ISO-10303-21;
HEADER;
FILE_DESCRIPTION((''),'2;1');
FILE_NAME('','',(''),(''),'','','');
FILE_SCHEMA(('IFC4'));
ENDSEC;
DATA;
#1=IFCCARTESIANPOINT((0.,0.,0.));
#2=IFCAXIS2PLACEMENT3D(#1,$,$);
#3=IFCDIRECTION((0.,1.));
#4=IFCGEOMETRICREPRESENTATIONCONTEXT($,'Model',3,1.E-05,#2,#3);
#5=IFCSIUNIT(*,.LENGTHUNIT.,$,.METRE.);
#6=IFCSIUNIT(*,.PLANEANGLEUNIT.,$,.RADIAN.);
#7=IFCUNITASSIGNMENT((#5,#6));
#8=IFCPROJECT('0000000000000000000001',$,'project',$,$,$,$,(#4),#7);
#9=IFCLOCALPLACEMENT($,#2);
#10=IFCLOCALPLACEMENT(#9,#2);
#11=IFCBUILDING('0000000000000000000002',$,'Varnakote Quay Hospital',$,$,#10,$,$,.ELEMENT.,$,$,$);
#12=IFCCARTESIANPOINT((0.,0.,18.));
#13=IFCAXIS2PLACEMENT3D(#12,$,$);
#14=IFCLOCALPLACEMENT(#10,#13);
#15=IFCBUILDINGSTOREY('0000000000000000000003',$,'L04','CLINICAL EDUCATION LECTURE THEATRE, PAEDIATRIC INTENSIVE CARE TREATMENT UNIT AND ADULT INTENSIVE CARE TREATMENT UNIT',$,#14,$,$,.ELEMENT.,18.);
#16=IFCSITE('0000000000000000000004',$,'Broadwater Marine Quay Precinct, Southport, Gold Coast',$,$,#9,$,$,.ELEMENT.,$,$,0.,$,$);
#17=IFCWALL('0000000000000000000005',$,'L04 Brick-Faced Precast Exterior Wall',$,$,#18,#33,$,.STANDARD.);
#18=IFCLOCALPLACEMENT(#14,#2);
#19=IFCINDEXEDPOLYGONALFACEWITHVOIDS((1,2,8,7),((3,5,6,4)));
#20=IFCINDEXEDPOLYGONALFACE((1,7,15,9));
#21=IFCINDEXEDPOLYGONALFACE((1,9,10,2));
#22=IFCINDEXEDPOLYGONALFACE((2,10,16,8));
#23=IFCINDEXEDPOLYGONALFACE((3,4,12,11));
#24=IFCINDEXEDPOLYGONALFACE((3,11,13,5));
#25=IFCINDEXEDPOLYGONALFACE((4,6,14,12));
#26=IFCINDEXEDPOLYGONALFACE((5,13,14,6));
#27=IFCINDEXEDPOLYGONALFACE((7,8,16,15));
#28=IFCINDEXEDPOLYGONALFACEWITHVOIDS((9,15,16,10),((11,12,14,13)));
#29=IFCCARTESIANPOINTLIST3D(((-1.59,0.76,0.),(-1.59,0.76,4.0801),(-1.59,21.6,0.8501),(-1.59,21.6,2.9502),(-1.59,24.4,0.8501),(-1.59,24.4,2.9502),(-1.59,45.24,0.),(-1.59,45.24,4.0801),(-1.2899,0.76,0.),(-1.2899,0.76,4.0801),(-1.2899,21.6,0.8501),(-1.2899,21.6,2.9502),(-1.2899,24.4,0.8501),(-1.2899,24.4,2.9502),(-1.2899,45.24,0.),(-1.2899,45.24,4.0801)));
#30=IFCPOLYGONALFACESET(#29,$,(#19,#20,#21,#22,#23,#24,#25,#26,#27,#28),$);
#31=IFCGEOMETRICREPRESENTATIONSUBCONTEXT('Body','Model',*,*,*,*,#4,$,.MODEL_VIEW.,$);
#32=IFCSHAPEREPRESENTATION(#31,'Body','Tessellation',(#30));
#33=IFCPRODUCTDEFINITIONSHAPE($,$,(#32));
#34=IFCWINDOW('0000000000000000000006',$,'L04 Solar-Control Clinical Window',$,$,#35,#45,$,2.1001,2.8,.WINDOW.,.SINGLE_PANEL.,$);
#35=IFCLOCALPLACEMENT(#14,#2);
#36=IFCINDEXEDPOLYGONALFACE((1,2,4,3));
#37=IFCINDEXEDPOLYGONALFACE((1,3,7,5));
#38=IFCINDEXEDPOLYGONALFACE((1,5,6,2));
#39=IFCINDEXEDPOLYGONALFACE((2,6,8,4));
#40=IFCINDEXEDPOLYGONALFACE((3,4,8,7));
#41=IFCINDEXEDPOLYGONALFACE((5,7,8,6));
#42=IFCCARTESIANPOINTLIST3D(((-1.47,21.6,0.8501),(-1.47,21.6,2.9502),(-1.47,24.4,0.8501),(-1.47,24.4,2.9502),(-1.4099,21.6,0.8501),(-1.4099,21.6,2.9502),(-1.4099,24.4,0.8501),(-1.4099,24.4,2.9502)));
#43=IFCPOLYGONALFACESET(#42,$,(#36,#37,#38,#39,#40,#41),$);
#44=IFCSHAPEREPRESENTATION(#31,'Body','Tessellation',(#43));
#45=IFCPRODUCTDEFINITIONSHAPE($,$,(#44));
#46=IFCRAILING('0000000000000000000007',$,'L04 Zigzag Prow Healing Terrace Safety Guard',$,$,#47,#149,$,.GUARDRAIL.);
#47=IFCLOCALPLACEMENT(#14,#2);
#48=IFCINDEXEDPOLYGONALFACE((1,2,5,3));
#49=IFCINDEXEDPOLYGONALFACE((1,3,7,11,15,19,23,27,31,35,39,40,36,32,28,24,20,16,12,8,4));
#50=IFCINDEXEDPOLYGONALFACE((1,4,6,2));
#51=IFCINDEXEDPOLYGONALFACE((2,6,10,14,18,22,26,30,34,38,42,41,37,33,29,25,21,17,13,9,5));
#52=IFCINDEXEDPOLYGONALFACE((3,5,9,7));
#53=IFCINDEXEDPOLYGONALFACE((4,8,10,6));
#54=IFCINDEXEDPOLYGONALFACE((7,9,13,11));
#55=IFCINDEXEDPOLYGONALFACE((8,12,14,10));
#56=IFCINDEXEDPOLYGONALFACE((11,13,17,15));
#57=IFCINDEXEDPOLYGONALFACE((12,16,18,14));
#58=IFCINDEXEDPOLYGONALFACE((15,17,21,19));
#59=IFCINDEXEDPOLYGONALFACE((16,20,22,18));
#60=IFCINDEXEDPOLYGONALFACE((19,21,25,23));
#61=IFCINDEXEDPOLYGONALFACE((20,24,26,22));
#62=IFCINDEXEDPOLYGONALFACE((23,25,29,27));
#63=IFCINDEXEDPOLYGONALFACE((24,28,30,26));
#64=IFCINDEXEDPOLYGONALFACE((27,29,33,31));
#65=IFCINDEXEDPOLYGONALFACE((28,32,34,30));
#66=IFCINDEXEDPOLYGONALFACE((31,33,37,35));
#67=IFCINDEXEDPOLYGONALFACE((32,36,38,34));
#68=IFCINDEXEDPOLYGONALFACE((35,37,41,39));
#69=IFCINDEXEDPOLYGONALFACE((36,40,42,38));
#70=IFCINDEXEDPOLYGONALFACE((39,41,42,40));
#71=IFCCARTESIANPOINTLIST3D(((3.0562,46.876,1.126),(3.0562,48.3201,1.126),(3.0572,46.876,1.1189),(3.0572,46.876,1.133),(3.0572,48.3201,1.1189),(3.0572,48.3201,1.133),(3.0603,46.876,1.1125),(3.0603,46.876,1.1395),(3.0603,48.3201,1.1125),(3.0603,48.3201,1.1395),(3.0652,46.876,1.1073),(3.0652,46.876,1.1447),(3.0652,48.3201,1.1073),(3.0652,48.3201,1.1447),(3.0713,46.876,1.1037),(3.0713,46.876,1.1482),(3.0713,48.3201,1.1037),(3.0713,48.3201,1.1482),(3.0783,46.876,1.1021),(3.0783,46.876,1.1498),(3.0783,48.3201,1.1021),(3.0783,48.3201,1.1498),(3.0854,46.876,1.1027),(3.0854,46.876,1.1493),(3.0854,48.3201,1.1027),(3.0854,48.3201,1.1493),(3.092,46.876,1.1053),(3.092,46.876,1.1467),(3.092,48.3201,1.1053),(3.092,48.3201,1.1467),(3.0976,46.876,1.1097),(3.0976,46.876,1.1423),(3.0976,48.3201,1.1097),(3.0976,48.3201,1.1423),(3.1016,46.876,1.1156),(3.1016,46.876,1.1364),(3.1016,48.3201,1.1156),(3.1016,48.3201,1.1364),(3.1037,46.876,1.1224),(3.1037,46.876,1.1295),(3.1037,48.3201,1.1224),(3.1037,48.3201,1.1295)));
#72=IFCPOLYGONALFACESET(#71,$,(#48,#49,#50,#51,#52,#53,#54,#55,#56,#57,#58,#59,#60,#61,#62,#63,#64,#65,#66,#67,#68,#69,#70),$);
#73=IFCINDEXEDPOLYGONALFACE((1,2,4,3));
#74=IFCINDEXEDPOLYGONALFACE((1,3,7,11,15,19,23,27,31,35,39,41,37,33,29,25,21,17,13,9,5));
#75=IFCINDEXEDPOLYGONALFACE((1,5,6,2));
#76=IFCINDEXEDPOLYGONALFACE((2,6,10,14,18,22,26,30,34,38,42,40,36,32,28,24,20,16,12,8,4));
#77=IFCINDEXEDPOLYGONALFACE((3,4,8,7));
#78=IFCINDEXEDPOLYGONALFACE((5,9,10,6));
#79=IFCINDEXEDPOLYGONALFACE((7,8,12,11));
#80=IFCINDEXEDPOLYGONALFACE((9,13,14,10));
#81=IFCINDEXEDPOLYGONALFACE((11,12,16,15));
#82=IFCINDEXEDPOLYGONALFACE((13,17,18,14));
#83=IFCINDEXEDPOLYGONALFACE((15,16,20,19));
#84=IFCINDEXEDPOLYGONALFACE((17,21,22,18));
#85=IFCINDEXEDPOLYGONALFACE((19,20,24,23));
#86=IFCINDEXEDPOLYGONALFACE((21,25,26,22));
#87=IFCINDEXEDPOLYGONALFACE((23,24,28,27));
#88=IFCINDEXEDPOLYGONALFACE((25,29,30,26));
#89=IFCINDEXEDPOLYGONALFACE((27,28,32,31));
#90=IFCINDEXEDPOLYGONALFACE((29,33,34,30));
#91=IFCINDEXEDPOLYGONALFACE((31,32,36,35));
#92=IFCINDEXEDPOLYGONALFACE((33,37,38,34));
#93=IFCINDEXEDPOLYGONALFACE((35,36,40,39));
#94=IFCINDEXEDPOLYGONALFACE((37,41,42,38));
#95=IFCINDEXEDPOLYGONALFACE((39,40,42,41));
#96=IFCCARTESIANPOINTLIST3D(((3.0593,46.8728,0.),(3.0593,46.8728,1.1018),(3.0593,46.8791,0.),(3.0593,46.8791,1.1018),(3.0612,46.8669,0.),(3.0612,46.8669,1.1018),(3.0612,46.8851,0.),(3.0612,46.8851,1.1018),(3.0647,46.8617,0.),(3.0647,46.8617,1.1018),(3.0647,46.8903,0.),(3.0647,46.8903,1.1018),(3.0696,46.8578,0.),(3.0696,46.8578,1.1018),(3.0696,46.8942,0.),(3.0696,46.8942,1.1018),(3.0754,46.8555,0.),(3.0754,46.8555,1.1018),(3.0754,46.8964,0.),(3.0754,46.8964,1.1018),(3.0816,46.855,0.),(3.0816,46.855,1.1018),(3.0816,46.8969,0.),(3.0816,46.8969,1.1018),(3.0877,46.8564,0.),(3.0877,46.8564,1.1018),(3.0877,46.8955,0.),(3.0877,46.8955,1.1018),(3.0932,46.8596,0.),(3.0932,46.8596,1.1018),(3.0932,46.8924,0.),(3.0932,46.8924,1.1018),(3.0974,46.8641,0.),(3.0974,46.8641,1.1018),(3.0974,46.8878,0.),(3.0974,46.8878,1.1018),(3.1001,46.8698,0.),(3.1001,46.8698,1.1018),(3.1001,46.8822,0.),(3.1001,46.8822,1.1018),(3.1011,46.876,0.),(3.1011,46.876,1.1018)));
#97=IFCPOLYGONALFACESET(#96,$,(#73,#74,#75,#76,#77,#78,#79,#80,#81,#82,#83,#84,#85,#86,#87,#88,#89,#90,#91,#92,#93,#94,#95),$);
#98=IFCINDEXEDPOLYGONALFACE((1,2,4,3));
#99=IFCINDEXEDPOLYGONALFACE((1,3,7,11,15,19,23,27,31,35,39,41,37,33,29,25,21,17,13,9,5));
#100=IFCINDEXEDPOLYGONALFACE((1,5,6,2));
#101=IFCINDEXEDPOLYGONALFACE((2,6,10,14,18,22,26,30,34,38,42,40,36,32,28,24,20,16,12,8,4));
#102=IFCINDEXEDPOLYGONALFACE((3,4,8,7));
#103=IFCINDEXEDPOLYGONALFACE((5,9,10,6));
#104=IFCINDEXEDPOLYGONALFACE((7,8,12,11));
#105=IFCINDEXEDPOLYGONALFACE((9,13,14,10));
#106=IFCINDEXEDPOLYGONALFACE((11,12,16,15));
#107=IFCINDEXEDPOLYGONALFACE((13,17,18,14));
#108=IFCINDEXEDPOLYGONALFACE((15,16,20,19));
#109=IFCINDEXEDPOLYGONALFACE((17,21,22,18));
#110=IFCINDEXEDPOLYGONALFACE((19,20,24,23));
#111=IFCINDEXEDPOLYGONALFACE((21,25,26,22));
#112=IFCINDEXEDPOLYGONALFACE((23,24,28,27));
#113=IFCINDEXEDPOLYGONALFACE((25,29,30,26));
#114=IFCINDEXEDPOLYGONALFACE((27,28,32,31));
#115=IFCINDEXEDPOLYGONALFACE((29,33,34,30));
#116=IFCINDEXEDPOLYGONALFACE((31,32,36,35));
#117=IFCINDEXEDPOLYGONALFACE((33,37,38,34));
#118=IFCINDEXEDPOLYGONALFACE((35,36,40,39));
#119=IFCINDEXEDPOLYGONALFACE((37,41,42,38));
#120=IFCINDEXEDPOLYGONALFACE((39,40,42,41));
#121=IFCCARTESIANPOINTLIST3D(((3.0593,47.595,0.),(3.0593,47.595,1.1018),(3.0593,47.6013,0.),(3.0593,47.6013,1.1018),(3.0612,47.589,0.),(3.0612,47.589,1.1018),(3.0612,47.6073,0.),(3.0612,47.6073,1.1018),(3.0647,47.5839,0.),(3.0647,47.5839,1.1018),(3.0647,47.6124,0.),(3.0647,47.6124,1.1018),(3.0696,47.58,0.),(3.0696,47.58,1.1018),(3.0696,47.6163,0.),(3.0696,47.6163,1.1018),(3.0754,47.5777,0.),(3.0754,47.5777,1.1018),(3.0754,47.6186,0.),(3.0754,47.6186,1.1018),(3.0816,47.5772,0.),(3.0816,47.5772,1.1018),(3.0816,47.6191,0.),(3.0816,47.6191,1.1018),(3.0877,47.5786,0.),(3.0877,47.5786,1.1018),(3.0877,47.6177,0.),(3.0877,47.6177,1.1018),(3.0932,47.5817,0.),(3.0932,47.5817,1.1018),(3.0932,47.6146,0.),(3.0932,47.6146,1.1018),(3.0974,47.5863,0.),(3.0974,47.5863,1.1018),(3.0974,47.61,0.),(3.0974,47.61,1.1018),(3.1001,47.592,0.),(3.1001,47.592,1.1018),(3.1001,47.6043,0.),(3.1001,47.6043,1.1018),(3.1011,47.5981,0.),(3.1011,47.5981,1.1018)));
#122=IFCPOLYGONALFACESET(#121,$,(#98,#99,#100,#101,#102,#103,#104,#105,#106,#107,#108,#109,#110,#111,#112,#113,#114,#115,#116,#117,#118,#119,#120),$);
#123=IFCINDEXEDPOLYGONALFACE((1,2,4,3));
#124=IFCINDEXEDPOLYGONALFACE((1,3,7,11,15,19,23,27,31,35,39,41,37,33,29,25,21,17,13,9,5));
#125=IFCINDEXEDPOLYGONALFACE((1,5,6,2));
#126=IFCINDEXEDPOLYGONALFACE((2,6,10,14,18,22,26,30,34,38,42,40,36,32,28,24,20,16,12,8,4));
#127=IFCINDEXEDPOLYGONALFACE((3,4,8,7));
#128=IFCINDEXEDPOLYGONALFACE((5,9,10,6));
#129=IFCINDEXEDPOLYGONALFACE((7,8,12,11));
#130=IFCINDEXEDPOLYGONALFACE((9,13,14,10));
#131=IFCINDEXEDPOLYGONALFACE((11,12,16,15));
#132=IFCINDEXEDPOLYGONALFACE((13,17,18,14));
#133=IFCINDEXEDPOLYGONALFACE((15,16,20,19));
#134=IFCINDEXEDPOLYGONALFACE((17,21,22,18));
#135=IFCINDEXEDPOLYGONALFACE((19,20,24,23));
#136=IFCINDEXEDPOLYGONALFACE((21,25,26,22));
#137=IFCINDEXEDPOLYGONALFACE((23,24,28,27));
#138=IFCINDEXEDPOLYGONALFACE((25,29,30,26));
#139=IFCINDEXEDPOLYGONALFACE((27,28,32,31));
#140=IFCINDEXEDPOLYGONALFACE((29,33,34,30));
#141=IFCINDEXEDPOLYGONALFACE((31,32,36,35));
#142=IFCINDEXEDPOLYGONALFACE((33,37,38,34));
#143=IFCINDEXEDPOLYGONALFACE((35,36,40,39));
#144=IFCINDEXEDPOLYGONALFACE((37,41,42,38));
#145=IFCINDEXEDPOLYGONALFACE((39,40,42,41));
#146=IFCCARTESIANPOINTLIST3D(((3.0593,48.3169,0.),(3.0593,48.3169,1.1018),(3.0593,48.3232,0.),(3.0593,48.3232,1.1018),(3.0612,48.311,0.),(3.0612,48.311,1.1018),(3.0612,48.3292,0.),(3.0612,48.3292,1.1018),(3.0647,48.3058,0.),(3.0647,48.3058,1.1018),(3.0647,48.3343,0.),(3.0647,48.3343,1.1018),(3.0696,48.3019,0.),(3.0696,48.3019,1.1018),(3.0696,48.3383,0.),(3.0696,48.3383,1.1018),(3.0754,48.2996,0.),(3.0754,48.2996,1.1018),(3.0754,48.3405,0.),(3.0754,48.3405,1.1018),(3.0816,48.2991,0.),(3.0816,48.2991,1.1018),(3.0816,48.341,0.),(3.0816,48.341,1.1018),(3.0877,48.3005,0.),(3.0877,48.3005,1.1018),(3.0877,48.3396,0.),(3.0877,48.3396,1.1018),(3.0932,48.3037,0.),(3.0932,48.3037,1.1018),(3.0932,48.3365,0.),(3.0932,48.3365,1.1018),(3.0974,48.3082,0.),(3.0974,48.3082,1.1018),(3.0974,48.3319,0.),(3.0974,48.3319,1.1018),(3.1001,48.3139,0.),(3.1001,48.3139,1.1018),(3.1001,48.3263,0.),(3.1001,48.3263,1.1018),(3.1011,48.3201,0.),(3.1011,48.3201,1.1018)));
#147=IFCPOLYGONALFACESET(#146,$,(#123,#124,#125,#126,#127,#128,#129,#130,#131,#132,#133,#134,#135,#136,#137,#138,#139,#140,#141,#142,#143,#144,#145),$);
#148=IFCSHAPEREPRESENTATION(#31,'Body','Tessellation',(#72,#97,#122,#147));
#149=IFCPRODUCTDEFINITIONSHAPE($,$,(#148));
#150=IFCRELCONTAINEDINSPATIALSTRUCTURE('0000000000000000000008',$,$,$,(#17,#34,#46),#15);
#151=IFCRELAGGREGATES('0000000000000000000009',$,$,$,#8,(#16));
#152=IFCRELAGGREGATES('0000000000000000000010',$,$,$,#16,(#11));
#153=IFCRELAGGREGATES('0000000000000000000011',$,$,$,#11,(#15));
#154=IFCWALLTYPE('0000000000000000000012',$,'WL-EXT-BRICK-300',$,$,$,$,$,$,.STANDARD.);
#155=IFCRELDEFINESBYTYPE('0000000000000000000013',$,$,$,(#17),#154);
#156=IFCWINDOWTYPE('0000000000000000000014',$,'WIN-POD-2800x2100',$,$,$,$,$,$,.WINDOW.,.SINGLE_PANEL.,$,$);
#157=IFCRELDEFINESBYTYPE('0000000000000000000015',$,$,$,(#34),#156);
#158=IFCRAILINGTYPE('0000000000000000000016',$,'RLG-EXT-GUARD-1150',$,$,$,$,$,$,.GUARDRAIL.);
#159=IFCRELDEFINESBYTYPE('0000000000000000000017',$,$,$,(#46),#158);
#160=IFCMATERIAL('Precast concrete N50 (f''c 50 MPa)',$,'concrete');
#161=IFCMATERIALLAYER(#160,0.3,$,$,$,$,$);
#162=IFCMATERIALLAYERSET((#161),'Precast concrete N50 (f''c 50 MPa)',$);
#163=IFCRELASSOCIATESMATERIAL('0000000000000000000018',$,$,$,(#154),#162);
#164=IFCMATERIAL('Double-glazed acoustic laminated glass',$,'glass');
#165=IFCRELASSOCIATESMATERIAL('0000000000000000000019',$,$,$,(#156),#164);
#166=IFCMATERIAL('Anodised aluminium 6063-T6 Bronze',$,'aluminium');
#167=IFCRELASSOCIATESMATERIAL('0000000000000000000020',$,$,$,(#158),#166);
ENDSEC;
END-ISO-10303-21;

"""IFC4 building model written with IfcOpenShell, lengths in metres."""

from ifc_helpers import new_model, si_unit, direction, frame, frame_2d, origin, origin_2d, place, context, subcontext, project, spatial, rectangle, circle, extrude, material, layer, layer_set, type_object, element, fill, save


model = new_model("IFC4")

# Units and contexts
model_context = context("Model", 3, precision=1e-05, world=origin(), true_north=direction((0.0, 1.0)))
body_context = subcontext(model_context, "Body", "Model", "MODEL_VIEW")
ifc_project = project(units=[si_unit("LENGTHUNIT", "METRE"), si_unit("PLANEANGLEUNIT", "RADIAN")], contexts=[model_context])

# Site, building, storey
site_placement = place(None, origin())
site = spatial("IfcSite", under=ifc_project, at=site_placement, Name="Broadwater Marine Quay Precinct, Southport, Gold Coast", CompositionType="ELEMENT", RefElevation=0.0)
building_placement = place(site_placement, origin())
building = spatial("IfcBuilding", under=site, at=building_placement, Name="Varnakote Quay Hospital", CompositionType="ELEMENT")
storey_placement = place(building_placement, frame((0.0, 0.0, 18.0)))
storey = spatial("IfcBuildingStorey", under=building, at=storey_placement, Name="L04", Description="CLINICAL EDUCATION LECTURE THEATRE, PAEDIATRIC INTENSIVE CARE TREATMENT UNIT AND ADULT INTENSIVE CARE TREATMENT UNIT", CompositionType="ELEMENT", Elevation=18.0)

# Shared definitions
ifc_material_1 = material(Name="Precast concrete N50 (f'c 50 MPa)", Category="concrete")
ifc_layer = layer(ifc_material_1, 0.3)
ifc_layer_set = layer_set([ifc_layer], Name="Precast concrete N50 (f'c 50 MPa)")
wall_type = type_object("IfcWallType", Name="WL-EXT-BRICK-300", PredefinedType="STANDARD", material=ifc_layer_set)

# Wall, opening, window
wall_placement = place(storey_placement, frame((-1.4399, 45.24, 0.0), z_axis=(0.0, 0.0, 1.0), x_axis=(0.0, -1.0, 0.0)))
wall = element("IfcWall", 1, at=wall_placement, inside=storey, type_object=wall_type, Name="L04 Brick-Faced Precast Exterior Wall", PredefinedType="STANDARD", context=body_context, shape_type="SweptSolid", body=[
    extrude(rectangle(XDim=44.48, YDim=0.3, at=frame_2d((22.24, 0.0))), origin(), (0.0, 0.0, 1.0), 4.0801),
])
opening_placement = place(wall_placement, frame((20.8401, 0.0, 0.8501)))
opening = element("IfcOpeningElement", 2, at=opening_placement, cuts=wall, PredefinedType="OPENING", context=body_context, shape_type="SweptSolid", body=[
    extrude(rectangle(XDim=2.8, YDim=2.1001, at=frame_2d((1.3999, 1.05))), frame((0.0, 0.1599, 0.0), z_axis=(0.0, -1.0, 0.0), x_axis=(1.0, 0.0, 0.0)), (0.0, 0.0, 1.0), 0.3201),
])
ifc_material_2 = material(Name="Double-glazed acoustic laminated glass", Category="glass")
window_type = type_object("IfcWindowType", Name="WIN-POD-2800x2100", PartitioningType="SINGLE_PANEL", PredefinedType="WINDOW", material=ifc_material_2)
window_placement = place(opening_placement, origin())
window = element("IfcWindow", 3, at=window_placement, inside=storey, type_object=window_type, Name="L04 Solar-Control Clinical Window", OverallHeight=2.1001, OverallWidth=2.8, PartitioningType="SINGLE_PANEL", PredefinedType="WINDOW", context=body_context, shape_type="SweptSolid", body=[
    extrude(rectangle(XDim=2.8, YDim=2.1001, at=frame_2d((1.3999, 1.05))), frame((0.0, 0.03, 0.0), z_axis=(0.0, -1.0, 0.0), x_axis=(1.0, 0.0, 0.0)), (0.0, 0.0, 1.0), 0.0601),
])
fill(opening, window)

# Railing
ifc_material_3 = material(Name="Anodised aluminium 6063-T6 Bronze", Category="aluminium")
railing_type = type_object("IfcRailingType", Name="RLG-EXT-GUARD-1150", PredefinedType="GUARDRAIL", material=ifc_material_3)
railing_1_placement = place(storey_placement, frame((3.0801, 46.876, 0.0)))
element("IfcRailing", 4, at=railing_1_placement, inside=storey, type_object=railing_type, Name="L04 Zigzag Prow Healing Terrace Safety Guard", PredefinedType="GUARDRAIL", context=body_context, shape_type="SweptSolid", body=[
    extrude(circle(Radius=0.0239, at=origin_2d()), frame((0.0, 0.0, 1.126), z_axis=(0.0, 1.0, 0.0), x_axis=(-1.0, 0.0, 0.0)), (0.0, 0.0, 1.0), 1.4441),
    extrude(circle(Radius=0.021, at=origin_2d()), origin(), (0.0, 0.0, 1.0), 1.1018),
    extrude(circle(Radius=0.021, at=origin_2d()), frame((0.0, 0.7222, 0.0)), (0.0, 0.0, 1.0), 1.1018),
    extrude(circle(Radius=0.021, at=origin_2d()), frame((0.0, 1.4441, 0.0)), (0.0, 0.0, 1.0), 1.1018),
])

save(model, "model.ifc")
